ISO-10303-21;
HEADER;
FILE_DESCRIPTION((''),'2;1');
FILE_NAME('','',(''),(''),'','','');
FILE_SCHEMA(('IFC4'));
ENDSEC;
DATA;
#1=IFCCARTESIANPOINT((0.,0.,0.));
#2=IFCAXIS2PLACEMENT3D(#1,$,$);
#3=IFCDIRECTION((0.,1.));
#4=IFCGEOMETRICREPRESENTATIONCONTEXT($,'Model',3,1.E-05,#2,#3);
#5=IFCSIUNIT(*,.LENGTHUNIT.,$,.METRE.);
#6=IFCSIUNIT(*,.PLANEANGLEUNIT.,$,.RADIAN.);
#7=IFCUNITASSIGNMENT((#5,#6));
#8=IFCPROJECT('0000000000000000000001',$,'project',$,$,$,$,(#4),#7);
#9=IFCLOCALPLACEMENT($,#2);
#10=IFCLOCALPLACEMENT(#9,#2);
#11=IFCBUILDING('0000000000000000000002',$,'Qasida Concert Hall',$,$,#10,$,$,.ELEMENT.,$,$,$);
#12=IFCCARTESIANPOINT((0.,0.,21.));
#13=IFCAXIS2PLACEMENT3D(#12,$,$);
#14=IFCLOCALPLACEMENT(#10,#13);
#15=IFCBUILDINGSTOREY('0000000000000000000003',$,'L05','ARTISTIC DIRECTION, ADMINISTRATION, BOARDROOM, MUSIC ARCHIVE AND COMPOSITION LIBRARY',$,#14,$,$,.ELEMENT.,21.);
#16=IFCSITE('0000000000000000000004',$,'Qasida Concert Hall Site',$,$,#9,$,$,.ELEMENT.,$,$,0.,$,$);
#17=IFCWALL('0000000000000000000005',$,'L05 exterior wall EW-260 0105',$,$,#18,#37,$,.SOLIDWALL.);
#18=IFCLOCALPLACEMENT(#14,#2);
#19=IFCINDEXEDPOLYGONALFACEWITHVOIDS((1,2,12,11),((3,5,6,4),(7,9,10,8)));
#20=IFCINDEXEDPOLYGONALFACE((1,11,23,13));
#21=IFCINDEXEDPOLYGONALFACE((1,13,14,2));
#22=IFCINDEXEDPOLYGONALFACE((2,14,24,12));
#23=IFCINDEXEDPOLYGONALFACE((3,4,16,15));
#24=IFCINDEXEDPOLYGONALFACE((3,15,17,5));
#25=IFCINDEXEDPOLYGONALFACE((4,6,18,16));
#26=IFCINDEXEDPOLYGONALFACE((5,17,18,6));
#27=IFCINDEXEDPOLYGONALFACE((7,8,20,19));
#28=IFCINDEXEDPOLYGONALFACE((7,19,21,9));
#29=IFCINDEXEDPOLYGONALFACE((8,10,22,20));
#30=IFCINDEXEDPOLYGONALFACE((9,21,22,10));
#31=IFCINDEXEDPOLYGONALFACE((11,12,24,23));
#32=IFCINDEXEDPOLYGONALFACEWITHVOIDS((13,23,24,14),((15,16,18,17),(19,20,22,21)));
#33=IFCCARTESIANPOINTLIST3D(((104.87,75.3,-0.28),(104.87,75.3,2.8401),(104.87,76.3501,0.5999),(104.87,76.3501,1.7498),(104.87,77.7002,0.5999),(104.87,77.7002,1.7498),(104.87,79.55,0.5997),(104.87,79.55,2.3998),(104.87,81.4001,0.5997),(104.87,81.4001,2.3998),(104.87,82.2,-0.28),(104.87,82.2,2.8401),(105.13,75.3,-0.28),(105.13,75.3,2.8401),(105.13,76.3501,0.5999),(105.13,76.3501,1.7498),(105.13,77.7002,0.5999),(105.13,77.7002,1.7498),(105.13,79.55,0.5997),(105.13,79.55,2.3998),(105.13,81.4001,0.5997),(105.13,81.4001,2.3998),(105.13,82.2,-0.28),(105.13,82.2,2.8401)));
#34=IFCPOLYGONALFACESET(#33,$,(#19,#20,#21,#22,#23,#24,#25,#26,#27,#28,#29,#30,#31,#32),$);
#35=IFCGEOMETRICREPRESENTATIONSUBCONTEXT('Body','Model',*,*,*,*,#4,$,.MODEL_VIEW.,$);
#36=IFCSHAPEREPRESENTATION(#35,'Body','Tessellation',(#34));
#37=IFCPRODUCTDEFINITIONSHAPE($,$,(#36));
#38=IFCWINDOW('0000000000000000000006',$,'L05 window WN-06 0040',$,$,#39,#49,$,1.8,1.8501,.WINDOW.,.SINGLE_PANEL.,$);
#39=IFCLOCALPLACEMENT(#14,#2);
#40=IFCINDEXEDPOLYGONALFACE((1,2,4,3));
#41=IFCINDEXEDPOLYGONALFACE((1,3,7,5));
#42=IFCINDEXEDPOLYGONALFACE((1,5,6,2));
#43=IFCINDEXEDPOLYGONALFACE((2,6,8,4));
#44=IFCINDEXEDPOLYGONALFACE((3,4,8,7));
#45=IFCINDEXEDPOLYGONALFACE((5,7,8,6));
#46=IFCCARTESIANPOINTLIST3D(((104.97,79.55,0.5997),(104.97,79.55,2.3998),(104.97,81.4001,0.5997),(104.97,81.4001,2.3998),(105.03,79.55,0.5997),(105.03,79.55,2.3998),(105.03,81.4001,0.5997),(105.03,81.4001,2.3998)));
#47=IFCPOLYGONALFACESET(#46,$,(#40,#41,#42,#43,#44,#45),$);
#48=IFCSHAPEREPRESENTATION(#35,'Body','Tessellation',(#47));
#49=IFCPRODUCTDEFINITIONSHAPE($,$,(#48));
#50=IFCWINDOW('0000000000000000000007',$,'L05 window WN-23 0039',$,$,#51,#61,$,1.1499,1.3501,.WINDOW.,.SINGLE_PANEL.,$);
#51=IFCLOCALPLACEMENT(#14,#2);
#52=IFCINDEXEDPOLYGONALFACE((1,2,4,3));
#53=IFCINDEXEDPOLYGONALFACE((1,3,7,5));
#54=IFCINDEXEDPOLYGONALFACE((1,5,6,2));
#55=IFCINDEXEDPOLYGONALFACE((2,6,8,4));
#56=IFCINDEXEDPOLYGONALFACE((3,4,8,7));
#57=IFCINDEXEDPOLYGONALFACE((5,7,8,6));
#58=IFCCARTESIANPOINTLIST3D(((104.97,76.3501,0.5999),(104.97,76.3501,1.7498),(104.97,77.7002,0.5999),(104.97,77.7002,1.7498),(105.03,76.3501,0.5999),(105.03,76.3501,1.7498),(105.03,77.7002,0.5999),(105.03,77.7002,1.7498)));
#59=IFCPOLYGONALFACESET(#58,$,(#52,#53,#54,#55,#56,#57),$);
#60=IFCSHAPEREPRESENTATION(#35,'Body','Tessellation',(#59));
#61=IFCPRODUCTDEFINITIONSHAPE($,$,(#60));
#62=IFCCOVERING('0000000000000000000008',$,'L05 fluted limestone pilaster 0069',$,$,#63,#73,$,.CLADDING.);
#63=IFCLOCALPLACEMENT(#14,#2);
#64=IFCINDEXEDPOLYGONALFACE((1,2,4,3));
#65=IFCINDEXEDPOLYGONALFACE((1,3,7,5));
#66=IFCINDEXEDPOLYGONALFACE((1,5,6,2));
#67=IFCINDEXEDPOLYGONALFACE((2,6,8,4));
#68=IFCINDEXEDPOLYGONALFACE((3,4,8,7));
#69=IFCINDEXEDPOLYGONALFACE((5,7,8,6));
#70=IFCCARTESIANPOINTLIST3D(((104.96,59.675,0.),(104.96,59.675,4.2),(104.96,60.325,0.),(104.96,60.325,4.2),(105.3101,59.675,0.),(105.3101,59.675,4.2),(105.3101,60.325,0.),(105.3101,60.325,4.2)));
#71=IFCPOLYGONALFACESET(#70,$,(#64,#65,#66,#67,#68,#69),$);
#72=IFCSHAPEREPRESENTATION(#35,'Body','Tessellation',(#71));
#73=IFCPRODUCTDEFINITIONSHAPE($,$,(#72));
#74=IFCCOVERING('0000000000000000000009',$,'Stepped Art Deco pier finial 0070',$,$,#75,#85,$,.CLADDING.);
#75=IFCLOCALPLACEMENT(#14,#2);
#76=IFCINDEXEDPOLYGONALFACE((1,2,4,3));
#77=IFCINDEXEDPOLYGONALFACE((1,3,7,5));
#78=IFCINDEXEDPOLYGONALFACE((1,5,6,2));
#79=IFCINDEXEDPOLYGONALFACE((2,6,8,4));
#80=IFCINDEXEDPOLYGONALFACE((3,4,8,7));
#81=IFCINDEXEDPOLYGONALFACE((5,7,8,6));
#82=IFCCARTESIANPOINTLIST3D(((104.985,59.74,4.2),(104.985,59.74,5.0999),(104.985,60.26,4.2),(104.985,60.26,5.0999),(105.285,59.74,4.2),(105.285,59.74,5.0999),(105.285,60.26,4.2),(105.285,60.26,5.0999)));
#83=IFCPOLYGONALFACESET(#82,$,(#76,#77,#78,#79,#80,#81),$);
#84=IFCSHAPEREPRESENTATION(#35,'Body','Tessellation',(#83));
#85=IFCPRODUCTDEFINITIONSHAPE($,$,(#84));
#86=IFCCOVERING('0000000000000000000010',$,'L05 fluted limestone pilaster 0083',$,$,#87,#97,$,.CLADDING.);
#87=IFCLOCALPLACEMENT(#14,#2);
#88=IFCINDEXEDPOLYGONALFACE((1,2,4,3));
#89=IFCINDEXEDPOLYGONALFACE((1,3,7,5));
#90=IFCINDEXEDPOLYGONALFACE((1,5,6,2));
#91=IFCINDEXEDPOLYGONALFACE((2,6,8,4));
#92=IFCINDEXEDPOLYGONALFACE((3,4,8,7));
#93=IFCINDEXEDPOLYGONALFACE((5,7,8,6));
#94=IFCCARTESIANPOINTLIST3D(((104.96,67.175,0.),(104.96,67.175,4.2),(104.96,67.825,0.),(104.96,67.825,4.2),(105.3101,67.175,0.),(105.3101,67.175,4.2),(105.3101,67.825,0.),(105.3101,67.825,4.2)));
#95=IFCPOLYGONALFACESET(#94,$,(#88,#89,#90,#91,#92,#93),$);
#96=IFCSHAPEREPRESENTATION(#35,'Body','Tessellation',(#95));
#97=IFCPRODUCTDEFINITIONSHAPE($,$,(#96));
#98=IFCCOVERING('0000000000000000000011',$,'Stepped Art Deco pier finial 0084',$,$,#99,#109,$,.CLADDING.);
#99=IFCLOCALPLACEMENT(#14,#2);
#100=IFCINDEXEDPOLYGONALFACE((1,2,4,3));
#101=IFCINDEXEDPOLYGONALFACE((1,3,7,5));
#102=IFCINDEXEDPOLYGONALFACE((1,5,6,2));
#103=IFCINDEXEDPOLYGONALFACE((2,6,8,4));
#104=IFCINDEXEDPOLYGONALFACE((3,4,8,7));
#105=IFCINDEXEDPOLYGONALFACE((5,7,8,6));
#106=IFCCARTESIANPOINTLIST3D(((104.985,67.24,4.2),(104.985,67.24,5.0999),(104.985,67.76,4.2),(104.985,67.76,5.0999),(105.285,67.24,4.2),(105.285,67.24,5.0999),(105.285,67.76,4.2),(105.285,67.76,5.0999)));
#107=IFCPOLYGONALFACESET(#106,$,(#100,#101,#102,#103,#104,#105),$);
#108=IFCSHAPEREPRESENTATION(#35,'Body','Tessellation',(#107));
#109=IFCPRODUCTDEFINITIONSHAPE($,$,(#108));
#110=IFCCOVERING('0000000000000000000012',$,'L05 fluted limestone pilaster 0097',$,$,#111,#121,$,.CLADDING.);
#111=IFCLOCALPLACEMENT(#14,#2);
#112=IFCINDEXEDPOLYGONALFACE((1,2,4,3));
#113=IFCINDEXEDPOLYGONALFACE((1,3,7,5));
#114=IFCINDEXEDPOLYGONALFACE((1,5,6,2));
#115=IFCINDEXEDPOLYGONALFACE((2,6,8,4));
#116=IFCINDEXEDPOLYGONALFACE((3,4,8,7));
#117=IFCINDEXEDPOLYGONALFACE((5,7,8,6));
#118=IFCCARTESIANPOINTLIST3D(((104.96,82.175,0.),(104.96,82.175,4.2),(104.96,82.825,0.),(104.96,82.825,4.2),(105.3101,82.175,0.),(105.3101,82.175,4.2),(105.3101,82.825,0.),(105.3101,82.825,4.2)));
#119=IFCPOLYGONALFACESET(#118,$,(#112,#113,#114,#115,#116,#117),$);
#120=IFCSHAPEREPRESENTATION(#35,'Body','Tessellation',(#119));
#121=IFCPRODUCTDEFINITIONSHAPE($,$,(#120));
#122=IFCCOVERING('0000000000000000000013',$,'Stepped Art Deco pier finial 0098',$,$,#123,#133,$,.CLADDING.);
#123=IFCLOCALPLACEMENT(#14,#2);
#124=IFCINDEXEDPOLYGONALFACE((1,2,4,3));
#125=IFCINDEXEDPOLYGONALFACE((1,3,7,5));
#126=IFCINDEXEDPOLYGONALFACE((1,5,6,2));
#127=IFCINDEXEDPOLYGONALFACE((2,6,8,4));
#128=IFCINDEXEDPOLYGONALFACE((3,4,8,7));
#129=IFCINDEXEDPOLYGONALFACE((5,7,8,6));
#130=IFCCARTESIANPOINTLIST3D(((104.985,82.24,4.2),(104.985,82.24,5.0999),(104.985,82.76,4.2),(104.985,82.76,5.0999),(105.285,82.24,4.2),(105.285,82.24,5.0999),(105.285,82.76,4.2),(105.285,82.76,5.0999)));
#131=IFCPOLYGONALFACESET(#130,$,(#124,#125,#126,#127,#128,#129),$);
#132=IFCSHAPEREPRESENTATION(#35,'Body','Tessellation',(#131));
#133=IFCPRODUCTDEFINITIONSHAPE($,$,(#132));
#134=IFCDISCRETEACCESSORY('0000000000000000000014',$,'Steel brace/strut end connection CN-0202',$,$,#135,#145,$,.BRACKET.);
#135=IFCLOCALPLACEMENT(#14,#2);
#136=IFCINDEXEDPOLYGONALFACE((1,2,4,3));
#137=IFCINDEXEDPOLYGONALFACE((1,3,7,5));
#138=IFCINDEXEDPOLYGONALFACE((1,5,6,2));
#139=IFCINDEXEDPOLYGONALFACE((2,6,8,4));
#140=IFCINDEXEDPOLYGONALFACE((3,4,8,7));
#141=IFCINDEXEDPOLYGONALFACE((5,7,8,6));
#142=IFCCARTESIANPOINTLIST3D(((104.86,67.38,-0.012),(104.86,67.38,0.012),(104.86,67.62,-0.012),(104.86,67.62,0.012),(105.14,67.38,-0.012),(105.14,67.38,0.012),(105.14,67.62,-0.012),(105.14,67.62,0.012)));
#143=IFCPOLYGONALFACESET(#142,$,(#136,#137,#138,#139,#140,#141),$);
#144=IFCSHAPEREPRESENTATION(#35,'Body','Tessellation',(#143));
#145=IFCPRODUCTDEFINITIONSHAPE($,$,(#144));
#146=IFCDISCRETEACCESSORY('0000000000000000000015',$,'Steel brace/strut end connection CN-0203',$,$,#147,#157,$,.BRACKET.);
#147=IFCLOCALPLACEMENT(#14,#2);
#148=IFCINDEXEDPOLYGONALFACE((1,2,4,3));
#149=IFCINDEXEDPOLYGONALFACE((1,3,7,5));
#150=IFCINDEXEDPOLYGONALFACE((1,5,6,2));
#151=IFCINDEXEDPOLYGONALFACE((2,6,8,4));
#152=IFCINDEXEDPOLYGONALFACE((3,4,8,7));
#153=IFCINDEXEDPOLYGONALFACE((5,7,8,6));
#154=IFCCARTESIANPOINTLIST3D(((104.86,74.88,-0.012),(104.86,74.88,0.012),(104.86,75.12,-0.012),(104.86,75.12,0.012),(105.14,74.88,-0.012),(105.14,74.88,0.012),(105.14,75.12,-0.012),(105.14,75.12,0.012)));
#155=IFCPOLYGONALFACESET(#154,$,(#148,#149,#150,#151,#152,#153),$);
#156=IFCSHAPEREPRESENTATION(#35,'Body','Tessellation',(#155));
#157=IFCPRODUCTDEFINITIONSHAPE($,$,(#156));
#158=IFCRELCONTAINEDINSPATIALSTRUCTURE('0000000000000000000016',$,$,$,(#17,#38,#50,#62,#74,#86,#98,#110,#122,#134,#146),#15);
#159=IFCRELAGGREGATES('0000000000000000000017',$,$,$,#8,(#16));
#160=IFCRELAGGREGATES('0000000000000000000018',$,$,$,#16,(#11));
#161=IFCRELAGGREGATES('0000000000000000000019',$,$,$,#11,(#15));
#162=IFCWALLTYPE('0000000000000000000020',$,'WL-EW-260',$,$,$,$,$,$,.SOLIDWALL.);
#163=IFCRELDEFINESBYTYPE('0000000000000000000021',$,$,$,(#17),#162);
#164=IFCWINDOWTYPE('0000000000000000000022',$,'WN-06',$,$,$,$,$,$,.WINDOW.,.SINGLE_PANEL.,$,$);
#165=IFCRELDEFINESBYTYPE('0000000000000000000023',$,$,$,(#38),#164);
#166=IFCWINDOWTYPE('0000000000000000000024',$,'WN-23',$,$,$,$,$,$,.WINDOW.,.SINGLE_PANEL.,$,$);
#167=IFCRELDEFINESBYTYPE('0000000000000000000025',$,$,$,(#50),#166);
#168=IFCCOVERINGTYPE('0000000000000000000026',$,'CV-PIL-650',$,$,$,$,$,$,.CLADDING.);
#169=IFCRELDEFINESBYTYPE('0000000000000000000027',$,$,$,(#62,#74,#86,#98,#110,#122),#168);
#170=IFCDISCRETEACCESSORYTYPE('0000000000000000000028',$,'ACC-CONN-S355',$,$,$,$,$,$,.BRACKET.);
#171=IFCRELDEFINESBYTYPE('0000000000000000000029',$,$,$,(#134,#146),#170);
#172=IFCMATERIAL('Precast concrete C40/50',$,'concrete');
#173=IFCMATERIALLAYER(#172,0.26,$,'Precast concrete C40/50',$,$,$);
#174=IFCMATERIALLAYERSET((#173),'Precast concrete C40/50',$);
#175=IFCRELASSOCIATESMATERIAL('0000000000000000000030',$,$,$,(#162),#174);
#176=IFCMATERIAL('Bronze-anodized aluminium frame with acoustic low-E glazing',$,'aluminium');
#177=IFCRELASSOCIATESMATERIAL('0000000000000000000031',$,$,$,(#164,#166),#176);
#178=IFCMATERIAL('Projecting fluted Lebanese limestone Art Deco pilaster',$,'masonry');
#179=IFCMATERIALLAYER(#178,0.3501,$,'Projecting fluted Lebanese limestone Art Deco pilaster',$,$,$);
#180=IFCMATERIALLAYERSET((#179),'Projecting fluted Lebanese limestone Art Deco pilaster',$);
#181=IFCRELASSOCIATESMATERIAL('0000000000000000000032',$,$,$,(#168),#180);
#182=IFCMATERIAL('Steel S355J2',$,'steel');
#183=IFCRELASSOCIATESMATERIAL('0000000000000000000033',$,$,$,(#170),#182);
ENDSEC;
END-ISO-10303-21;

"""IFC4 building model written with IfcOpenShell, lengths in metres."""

from ifc_helpers import new_model, si_unit, direction, frame, frame_2d, origin, origin_2d, place, context, subcontext, project, spatial, rectangle, extrude, material, layer, layer_set, type_object, element, fill, save


model = new_model("IFC4")

# Units and contexts
model_context = context("Model", 3, precision=1e-05, world=origin(), true_north=direction((0.0, 1.0)))
body_context = subcontext(model_context, "Body", "Model", "MODEL_VIEW")
ifc_project = project(units=[si_unit("LENGTHUNIT", "METRE"), si_unit("PLANEANGLEUNIT", "RADIAN")], contexts=[model_context])

# Site, building, storey
site_placement = place(None, origin())
site = spatial("IfcSite", under=ifc_project, at=site_placement, Name="Qasida Concert Hall Site", CompositionType="ELEMENT", RefElevation=0.0)
building_placement = place(site_placement, origin())
building = spatial("IfcBuilding", under=site, at=building_placement, Name="Qasida Concert Hall", CompositionType="ELEMENT")
storey_placement = place(building_placement, frame((0.0, 0.0, 21.0)))
storey = spatial("IfcBuildingStorey", under=building, at=storey_placement, Name="L05", Description="ARTISTIC DIRECTION, ADMINISTRATION, BOARDROOM, MUSIC ARCHIVE AND COMPOSITION LIBRARY", CompositionType="ELEMENT", Elevation=21.0)

# Shared definitions
ifc_material_1 = material(Name="Steel S355J2", Category="steel")

# Shared definitions
ifc_material_2 = material(Name="Precast concrete C40/50", Category="concrete")
ifc_layer_1 = layer(ifc_material_2, 0.26, Name="Precast concrete C40/50")
ifc_layer_set_1 = layer_set([ifc_layer_1], Name="Precast concrete C40/50")
wall_type_1 = type_object("IfcWallType", Name="WL-EW-260", PredefinedType="SOLIDWALL", material=ifc_layer_set_1)

# Wall, openings, windows
wall_1_placement = place(storey_placement, frame((105.0, 75.3, -0.28), z_axis=(0.0, 0.0, 1.0), x_axis=(0.0, 1.0, 0.0)))
wall_1 = element("IfcWall", 1, at=wall_1_placement, inside=storey, type_object=wall_type_1, Name="L05 exterior wall EW-260 0105", PredefinedType="SOLIDWALL", context=body_context, shape_type="SweptSolid", body=[
    extrude(rectangle(XDim=6.8999, YDim=0.26, at=frame_2d((3.45, 0.0))), origin(), (0.0, 0.0, 1.0), 3.1201),
])
opening_1_placement = place(wall_1_placement, frame((1.05, 0.0, 0.8799)))
opening_1 = element("IfcOpeningElement", 2, at=opening_1_placement, cuts=wall_1, PredefinedType="OPENING", context=body_context, shape_type="SweptSolid", body=[
    extrude(rectangle(XDim=1.3501, YDim=1.1499, at=frame_2d((0.675, 0.575))), frame((0.0, 0.1399, 0.0), z_axis=(0.0, -1.0, 0.0), x_axis=(1.0, 0.0, 0.0)), (0.0, 0.0, 1.0), 0.28),
])
opening_2_placement = place(wall_1_placement, frame((4.25, 0.0, 0.8799)))
opening_2 = element("IfcOpeningElement", 3, at=opening_2_placement, cuts=wall_1, PredefinedType="OPENING", context=body_context, shape_type="SweptSolid", body=[
    extrude(rectangle(XDim=1.8501, YDim=1.8, at=frame_2d((0.925, 0.8999))), frame((0.0, 0.1399, 0.0), z_axis=(0.0, -1.0, 0.0), x_axis=(1.0, 0.0, 0.0)), (0.0, 0.0, 1.0), 0.28),
])
ifc_material_3 = material(Name="Bronze-anodized aluminium frame with acoustic low-E glazing", Category="aluminium")
window_type_1 = type_object("IfcWindowType", Name="WN-06", PartitioningType="SINGLE_PANEL", PredefinedType="WINDOW", material=ifc_material_3)
window_1_placement = place(opening_2_placement, origin())
window_1 = element("IfcWindow", 4, at=window_1_placement, inside=storey, type_object=window_type_1, Name="L05 window WN-06 0040", OverallHeight=1.8, OverallWidth=1.8501, PartitioningType="SINGLE_PANEL", PredefinedType="WINDOW", context=body_context, shape_type="SweptSolid", body=[
    extrude(rectangle(XDim=1.8501, YDim=1.8, at=frame_2d((0.925, 0.8999))), frame((0.0, 0.03, 0.0), z_axis=(0.0, -1.0, 0.0), x_axis=(1.0, 0.0, 0.0)), (0.0, 0.0, 1.0), 0.0601),
])
fill(opening_2, window_1)
window_type_2 = type_object("IfcWindowType", Name="WN-23", PartitioningType="SINGLE_PANEL", PredefinedType="WINDOW", material=ifc_material_3)
window_2_placement = place(opening_1_placement, origin())
window_2 = element("IfcWindow", 5, at=window_2_placement, inside=storey, type_object=window_type_2, Name="L05 window WN-23 0039", OverallHeight=1.1499, OverallWidth=1.3501, PartitioningType="SINGLE_PANEL", PredefinedType="WINDOW", context=body_context, shape_type="SweptSolid", body=[
    extrude(rectangle(XDim=1.3501, YDim=1.1499, at=frame_2d((0.675, 0.575))), frame((0.0, 0.03, 0.0), z_axis=(0.0, -1.0, 0.0), x_axis=(1.0, 0.0, 0.0)), (0.0, 0.0, 1.0), 0.0601),
])
fill(opening_1, window_2)

# Coverings
ifc_material_4 = material(Name="Projecting fluted Lebanese limestone Art Deco pilaster", Category="masonry")
ifc_layer_2 = layer(ifc_material_4, 0.3501, Name="Projecting fluted Lebanese limestone Art Deco pilaster")
ifc_layer_set_2 = layer_set([ifc_layer_2], Name="Projecting fluted Lebanese limestone Art Deco pilaster")
covering_type = type_object("IfcCoveringType", Name="CV-PIL-650", PredefinedType="CLADDING", material=ifc_layer_set_2)
covering_1_placement = place(storey_placement, frame((105.135, 60.0, 0.0), z_axis=(0.0, 0.0, 1.0), x_axis=(1.0, 0.0, 0.0)))
element("IfcCovering", 6, at=covering_1_placement, inside=storey, type_object=covering_type, Name="L05 fluted limestone pilaster 0069", PredefinedType="CLADDING", context=body_context, shape_type="SweptSolid", body=[
    extrude(rectangle(XDim=0.3501, YDim=0.6499, at=origin_2d()), origin(), (0.0, 0.0, 1.0), 4.2),
])
covering_2_placement = place(storey_placement, frame((105.135, 60.0, 4.2), z_axis=(0.0, 0.0, 1.0), x_axis=(1.0, 0.0, 0.0)))
element("IfcCovering", 7, at=covering_2_placement, inside=storey, type_object=covering_type, Name="Stepped Art Deco pier finial 0070", PredefinedType="CLADDING", context=body_context, shape_type="SweptSolid", body=[
    extrude(rectangle(XDim=0.3, YDim=0.52, at=origin_2d()), origin(), (0.0, 0.0, 1.0), 0.8999),
])
covering_3_placement = place(storey_placement, frame((105.135, 67.5, 0.0), z_axis=(0.0, 0.0, 1.0), x_axis=(1.0, 0.0, 0.0)))
element("IfcCovering", 8, at=covering_3_placement, inside=storey, type_object=covering_type, Name="L05 fluted limestone pilaster 0083", PredefinedType="CLADDING", context=body_context, shape_type="SweptSolid", body=[
    extrude(rectangle(XDim=0.3501, YDim=0.6499, at=origin_2d()), origin(), (0.0, 0.0, 1.0), 4.2),
])
covering_4_placement = place(storey_placement, frame((105.135, 67.5, 4.2), z_axis=(0.0, 0.0, 1.0), x_axis=(1.0, 0.0, 0.0)))
element("IfcCovering", 9, at=covering_4_placement, inside=storey, type_object=covering_type, Name="Stepped Art Deco pier finial 0084", PredefinedType="CLADDING", context=body_context, shape_type="SweptSolid", body=[
    extrude(rectangle(XDim=0.3, YDim=0.52, at=origin_2d()), origin(), (0.0, 0.0, 1.0), 0.8999),
])
covering_5_placement = place(storey_placement, frame((105.135, 82.5, 0.0), z_axis=(0.0, 0.0, 1.0), x_axis=(1.0, 0.0, 0.0)))
element("IfcCovering", 10, at=covering_5_placement, inside=storey, type_object=covering_type, Name="L05 fluted limestone pilaster 0097", PredefinedType="CLADDING", context=body_context, shape_type="SweptSolid", body=[
    extrude(rectangle(XDim=0.3501, YDim=0.6499, at=origin_2d()), origin(), (0.0, 0.0, 1.0), 4.2),
])
covering_6_placement = place(storey_placement, frame((105.135, 82.5, 4.2), z_axis=(0.0, 0.0, 1.0), x_axis=(1.0, 0.0, 0.0)))
element("IfcCovering", 11, at=covering_6_placement, inside=storey, type_object=covering_type, Name="Stepped Art Deco pier finial 0098", PredefinedType="CLADDING", context=body_context, shape_type="SweptSolid", body=[
    extrude(rectangle(XDim=0.3, YDim=0.52, at=origin_2d()), origin(), (0.0, 0.0, 1.0), 0.8999),
])

# Discrete accessories
discrete_accessory_type = type_object("IfcDiscreteAccessoryType", Name="ACC-CONN-S355", PredefinedType="BRACKET", material=ifc_material_1)
for number, where, z_axis, x_axis, name in (
    (12, (105.0, 67.5, -0.012), (0.0, 0.0, 1.0), (1.0, 0.0, 0.0), "Steel brace/strut end connection CN-0202"),
    (13, (105.0, 75.0, -0.012), (0.0, 0.0, 1.0), (1.0, 0.0, 0.0), "Steel brace/strut end connection CN-0203"),
):
    element("IfcDiscreteAccessory", number, at=place(storey_placement, frame(where, z_axis=z_axis, x_axis=x_axis)), inside=storey, type_object=discrete_accessory_type, Name=name, PredefinedType="BRACKET", context=body_context, shape_type="SweptSolid", body=[
        extrude(rectangle(XDim=0.28, YDim=0.24, at=origin_2d()), origin(), (0.0, 0.0, 1.0), 0.0239),
    ])

save(model, "model.ifc")
